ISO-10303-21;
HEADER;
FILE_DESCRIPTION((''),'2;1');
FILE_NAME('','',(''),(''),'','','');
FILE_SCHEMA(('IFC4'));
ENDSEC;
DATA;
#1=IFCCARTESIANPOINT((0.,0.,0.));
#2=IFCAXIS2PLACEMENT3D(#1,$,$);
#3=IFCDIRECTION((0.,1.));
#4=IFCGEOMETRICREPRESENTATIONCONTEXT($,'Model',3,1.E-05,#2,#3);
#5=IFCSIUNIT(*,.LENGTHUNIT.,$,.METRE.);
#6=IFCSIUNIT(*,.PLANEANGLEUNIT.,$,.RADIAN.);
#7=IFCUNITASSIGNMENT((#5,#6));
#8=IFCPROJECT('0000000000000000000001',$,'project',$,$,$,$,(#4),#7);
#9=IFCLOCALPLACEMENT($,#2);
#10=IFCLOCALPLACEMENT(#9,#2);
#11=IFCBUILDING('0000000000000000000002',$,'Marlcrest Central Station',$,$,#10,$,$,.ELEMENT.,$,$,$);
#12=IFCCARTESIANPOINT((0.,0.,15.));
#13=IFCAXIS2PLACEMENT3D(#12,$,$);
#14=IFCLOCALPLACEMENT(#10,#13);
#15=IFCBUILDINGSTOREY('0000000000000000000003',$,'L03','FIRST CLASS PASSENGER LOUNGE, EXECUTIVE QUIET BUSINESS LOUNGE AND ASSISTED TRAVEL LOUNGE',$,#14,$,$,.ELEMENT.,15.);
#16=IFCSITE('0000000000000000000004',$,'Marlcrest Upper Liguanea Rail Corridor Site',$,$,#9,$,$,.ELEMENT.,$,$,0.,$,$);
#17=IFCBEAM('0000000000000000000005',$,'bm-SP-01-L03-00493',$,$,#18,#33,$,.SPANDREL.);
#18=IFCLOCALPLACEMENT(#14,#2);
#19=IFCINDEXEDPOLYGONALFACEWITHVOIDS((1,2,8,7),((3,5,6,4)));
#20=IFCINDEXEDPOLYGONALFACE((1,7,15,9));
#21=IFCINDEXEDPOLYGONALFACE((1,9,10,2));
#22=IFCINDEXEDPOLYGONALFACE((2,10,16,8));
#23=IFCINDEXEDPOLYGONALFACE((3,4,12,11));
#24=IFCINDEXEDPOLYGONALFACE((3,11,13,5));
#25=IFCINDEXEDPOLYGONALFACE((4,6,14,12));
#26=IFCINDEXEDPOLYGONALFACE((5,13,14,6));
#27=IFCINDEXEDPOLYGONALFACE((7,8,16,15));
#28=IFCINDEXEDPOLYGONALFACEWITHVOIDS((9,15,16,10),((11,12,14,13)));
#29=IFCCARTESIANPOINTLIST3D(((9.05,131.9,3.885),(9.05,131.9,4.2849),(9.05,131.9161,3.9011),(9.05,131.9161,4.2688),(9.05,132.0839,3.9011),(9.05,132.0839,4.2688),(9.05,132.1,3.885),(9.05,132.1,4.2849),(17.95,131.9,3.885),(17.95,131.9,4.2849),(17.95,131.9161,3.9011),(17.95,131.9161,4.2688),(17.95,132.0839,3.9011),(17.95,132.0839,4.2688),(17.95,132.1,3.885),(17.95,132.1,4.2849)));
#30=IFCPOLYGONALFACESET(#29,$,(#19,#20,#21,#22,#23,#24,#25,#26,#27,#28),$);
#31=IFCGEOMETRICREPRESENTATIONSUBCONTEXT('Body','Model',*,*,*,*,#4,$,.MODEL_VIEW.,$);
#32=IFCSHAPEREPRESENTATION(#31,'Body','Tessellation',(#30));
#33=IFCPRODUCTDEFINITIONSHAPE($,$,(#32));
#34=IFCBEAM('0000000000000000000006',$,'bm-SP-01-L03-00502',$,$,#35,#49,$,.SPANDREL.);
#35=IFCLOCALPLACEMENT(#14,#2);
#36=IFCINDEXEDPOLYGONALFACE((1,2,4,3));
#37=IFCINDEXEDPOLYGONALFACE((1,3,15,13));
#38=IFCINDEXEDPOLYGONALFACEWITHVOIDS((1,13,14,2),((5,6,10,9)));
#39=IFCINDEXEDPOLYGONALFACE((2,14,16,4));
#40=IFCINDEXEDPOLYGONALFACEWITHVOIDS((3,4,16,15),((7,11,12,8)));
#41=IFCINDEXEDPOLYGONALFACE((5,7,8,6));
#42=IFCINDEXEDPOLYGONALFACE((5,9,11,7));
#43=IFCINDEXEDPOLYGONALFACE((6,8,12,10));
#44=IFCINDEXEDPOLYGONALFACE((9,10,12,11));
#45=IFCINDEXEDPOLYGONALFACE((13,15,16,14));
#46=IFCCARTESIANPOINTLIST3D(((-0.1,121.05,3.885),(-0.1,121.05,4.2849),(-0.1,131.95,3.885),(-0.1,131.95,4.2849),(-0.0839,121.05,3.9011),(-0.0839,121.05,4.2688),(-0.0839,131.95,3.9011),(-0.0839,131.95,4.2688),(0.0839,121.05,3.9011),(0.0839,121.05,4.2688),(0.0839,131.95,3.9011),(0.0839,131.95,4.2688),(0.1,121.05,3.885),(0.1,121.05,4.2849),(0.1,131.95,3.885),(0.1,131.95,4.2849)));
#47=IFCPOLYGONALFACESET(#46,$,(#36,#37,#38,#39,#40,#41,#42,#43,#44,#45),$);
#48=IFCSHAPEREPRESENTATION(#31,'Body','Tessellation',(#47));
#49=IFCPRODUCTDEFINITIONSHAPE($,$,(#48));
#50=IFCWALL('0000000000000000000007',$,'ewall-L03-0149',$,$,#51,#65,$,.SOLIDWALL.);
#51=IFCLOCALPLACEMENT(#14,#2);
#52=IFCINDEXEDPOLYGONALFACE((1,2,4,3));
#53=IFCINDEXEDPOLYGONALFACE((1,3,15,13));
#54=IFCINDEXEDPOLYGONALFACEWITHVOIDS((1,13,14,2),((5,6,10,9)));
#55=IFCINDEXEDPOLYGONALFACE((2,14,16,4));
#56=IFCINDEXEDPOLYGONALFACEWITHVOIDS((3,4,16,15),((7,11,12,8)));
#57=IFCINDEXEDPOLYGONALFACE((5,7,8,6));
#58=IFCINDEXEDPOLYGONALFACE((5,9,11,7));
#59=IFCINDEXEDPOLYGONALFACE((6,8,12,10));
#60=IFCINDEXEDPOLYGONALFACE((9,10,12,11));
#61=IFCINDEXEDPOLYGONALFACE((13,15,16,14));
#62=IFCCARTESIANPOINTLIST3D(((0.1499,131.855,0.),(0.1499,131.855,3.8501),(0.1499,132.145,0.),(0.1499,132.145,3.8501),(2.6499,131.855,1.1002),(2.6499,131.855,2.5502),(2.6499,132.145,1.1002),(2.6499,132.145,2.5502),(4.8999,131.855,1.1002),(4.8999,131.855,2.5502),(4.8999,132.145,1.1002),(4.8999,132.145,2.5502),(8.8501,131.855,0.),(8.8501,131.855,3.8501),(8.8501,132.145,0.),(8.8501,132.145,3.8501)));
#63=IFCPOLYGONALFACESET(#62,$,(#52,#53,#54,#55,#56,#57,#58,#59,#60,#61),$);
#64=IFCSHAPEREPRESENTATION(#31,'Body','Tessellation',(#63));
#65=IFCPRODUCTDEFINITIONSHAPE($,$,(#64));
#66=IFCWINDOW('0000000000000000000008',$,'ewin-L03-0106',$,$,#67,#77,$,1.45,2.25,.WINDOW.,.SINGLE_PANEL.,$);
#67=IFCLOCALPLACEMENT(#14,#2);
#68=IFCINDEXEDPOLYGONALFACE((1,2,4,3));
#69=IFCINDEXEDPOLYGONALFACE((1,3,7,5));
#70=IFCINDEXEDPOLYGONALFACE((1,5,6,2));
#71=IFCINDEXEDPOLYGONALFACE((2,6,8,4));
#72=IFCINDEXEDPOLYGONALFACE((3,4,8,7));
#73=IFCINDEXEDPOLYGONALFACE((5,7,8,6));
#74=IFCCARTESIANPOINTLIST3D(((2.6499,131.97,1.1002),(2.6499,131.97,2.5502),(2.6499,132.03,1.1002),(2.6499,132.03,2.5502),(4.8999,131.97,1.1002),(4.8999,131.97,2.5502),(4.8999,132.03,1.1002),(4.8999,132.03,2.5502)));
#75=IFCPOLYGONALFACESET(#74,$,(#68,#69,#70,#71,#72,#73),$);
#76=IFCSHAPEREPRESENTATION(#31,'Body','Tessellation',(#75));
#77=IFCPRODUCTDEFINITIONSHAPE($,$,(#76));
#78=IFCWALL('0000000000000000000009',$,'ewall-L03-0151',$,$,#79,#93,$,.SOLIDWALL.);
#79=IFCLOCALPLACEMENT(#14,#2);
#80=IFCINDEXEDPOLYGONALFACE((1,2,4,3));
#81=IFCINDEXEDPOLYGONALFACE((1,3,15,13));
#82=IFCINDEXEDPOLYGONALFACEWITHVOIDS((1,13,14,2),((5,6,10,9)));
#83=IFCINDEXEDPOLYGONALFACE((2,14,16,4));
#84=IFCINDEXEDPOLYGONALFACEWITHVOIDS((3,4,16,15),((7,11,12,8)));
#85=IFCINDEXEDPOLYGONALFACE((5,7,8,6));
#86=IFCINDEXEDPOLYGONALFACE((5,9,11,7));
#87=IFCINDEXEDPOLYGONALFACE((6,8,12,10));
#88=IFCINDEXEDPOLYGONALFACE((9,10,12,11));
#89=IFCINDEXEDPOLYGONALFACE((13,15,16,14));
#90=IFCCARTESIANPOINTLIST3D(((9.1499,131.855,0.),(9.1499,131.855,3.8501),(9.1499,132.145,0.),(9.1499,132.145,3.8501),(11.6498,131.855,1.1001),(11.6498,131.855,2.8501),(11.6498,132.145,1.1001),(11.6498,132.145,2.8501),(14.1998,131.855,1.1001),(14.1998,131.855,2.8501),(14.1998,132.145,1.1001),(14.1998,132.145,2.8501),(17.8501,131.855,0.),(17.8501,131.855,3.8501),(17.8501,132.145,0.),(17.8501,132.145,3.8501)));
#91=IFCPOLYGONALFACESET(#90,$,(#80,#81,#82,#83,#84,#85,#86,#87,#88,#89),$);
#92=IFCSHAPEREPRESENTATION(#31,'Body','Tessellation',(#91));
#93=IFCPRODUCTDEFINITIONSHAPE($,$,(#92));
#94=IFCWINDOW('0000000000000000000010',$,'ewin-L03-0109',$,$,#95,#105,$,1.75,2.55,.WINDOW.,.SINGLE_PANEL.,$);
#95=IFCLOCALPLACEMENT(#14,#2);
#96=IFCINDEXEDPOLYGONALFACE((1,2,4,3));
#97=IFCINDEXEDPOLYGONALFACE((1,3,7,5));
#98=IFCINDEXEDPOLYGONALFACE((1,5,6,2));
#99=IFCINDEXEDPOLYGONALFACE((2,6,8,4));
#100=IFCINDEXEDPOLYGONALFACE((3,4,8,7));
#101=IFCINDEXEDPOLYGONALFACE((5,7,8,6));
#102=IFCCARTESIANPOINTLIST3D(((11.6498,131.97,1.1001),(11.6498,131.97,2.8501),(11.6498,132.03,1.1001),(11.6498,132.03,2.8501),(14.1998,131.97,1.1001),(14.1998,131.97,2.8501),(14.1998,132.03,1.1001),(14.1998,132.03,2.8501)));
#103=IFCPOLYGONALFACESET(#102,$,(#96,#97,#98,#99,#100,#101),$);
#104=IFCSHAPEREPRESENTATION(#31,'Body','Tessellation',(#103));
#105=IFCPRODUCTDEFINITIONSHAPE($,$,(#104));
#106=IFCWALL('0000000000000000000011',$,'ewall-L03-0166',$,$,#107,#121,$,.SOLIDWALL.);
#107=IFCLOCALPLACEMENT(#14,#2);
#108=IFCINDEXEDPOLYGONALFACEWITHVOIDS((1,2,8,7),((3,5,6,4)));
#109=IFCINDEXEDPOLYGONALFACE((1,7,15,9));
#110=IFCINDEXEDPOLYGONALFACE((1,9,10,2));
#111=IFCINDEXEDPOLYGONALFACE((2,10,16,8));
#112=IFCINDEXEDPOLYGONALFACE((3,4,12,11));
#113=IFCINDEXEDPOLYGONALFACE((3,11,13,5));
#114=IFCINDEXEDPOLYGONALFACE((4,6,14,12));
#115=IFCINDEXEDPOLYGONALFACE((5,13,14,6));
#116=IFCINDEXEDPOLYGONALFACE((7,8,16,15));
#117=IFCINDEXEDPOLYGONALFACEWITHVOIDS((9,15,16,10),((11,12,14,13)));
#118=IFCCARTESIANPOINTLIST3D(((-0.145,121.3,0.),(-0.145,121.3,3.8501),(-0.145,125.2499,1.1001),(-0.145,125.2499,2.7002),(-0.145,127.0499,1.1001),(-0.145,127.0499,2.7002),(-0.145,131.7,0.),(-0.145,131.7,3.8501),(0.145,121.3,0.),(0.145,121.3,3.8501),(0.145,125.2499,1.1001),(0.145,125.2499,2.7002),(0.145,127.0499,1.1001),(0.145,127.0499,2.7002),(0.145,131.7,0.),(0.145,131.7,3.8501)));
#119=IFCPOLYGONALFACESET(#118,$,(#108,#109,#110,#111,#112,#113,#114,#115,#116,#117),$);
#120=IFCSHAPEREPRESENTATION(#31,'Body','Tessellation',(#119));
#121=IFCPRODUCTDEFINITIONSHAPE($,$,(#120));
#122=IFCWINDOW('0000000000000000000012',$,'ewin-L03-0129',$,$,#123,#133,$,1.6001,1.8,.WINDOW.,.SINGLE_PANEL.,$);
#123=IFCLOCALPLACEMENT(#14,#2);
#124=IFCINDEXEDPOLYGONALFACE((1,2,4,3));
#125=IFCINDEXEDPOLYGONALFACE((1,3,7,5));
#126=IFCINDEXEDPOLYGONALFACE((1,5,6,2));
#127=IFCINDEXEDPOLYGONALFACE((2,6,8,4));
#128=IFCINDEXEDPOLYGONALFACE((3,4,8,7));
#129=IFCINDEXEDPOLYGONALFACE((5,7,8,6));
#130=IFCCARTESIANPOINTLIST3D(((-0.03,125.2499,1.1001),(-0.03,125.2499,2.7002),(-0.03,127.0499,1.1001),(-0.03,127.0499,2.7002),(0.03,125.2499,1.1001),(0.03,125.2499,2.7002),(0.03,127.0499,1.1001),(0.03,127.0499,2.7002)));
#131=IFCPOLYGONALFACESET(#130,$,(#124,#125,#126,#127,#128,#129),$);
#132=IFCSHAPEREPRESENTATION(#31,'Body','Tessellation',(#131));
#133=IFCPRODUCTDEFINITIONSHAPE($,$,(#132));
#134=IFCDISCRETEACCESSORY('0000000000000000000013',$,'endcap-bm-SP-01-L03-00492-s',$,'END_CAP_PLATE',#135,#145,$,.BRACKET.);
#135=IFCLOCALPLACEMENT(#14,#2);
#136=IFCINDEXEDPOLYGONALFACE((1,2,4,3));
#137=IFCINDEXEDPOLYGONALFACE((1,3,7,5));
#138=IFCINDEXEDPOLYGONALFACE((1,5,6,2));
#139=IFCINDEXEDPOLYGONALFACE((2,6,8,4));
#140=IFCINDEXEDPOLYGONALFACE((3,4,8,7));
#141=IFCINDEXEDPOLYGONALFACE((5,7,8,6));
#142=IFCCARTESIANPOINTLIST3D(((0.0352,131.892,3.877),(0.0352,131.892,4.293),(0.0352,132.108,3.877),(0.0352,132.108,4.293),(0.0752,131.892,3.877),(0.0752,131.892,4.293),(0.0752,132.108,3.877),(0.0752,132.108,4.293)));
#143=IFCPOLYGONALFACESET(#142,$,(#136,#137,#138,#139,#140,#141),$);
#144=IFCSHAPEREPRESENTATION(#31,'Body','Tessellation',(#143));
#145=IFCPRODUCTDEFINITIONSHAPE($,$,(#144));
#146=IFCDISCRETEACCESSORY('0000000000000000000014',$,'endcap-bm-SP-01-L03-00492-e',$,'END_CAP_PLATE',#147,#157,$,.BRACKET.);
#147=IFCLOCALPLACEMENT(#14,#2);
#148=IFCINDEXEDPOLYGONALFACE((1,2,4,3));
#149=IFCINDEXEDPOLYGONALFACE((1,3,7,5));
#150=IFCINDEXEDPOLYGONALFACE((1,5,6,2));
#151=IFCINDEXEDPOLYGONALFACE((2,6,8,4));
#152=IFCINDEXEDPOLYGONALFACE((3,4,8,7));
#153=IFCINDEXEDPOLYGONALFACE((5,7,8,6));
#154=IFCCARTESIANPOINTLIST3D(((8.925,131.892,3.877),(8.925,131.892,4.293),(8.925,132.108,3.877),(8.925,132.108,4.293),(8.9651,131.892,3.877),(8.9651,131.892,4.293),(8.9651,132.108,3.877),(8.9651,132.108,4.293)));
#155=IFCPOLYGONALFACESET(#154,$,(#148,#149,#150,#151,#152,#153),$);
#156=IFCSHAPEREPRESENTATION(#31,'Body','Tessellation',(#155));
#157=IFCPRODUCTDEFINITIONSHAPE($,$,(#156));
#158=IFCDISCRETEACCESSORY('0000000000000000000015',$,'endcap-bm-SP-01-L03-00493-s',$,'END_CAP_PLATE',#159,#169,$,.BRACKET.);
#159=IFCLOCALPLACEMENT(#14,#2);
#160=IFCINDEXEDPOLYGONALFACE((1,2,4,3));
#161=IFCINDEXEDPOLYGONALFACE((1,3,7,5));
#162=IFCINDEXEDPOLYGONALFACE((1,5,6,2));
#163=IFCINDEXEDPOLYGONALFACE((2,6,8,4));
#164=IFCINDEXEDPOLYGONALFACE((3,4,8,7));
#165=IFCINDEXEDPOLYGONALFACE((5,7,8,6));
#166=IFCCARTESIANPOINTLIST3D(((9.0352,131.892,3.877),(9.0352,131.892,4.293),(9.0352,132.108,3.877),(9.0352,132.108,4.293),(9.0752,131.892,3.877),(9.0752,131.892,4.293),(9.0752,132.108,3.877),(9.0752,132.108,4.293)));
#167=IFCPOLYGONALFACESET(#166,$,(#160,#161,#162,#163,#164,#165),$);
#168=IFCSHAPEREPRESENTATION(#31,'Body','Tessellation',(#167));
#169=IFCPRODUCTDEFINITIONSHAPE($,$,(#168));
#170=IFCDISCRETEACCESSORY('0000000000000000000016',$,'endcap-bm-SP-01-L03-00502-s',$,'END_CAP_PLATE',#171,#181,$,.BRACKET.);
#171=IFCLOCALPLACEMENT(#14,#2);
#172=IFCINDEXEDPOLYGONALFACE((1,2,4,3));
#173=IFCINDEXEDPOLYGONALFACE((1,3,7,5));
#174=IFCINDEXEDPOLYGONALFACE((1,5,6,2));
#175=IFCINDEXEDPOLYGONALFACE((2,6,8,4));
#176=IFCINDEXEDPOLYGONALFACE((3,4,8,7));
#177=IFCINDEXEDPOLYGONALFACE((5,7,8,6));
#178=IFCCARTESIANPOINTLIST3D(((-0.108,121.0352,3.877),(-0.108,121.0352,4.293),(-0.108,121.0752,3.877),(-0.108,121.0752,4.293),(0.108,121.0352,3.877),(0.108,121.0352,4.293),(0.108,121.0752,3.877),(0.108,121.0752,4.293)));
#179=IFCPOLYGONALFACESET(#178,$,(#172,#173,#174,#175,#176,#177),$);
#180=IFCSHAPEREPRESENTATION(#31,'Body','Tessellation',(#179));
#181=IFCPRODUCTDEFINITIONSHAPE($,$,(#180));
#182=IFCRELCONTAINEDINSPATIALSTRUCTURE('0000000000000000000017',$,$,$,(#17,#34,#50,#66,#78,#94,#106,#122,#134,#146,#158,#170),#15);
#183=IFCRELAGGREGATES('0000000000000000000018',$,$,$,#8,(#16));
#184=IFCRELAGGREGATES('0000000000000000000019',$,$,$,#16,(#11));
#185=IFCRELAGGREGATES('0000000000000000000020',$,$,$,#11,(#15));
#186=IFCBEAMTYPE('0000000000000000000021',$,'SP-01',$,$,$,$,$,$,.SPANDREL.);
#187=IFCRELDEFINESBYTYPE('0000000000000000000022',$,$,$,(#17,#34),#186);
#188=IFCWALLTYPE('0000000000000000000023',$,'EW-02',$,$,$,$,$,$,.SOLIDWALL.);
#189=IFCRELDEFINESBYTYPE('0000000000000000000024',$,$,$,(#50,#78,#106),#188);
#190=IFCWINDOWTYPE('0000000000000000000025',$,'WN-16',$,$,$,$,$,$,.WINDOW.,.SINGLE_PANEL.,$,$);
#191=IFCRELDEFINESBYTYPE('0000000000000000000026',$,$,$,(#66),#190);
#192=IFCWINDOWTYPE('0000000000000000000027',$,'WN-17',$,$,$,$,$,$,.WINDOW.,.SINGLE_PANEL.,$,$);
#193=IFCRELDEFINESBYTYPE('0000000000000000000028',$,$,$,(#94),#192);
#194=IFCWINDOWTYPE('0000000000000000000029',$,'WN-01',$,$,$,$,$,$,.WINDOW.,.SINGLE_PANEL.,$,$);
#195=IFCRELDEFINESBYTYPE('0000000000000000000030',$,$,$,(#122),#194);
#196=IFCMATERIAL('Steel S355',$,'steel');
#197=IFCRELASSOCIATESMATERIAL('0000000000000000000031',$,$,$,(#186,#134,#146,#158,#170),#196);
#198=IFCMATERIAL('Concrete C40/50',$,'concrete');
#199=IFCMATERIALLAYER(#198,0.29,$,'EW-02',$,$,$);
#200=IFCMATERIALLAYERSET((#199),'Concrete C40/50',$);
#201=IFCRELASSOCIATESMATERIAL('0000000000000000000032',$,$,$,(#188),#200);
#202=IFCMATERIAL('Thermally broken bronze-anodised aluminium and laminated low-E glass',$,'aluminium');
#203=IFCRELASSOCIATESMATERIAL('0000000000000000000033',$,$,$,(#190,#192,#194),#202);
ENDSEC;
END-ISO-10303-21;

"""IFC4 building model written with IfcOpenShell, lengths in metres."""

from ifc_helpers import new_model, si_unit, direction, frame, frame_2d, origin, origin_2d, place, context, subcontext, project, spatial, rectangle, hollow_rectangle, extrude, material, layer, layer_set, material_profile, profile_set, type_object, element, fill, save


model = new_model("IFC4")

# Units and contexts
model_context = context("Model", 3, precision=1e-05, world=origin(), true_north=direction((0.0, 1.0)))
body_context = subcontext(model_context, "Body", "Model", "MODEL_VIEW")
ifc_project = project(units=[si_unit("LENGTHUNIT", "METRE"), si_unit("PLANEANGLEUNIT", "RADIAN")], contexts=[model_context])

# Site, building, storey
site_placement = place(None, origin())
site = spatial("IfcSite", under=ifc_project, at=site_placement, Name="Marlcrest Upper Liguanea Rail Corridor Site", CompositionType="ELEMENT", RefElevation=0.0)
building_placement = place(site_placement, origin())
building = spatial("IfcBuilding", under=site, at=building_placement, Name="Marlcrest Central Station", CompositionType="ELEMENT")
storey_placement = place(building_placement, frame((0.0, 0.0, 15.0)))
storey = spatial("IfcBuildingStorey", under=building, at=storey_placement, Name="L03", Description="FIRST CLASS PASSENGER LOUNGE, EXECUTIVE QUIET BUSINESS LOUNGE AND ASSISTED TRAVEL LOUNGE", CompositionType="ELEMENT", Elevation=15.0)

# Shared definitions
ifc_material_1 = material(Name="Steel S355", Category="steel")

# Beams
ifc_material_profile_1 = material_profile(ifc_material_1, hollow_rectangle(XDim=0.2, YDim=0.3999, WallThickness=0.0161, at=origin_2d()), Name="RHS 400x200x16")
ifc_profile_set_1 = profile_set([ifc_material_profile_1], Name="Steel S355")
beam_type_1 = type_object("IfcBeamType", Name="SP-01", PredefinedType="SPANDREL", material=ifc_profile_set_1)
for number, where, z_axis, x_axis, name in (
    (1, (9.05, 132.0, 4.085), (1.0, 0.0, 0.0), (0.0, 1.0, 0.0), "bm-SP-01-L03-00493"),
):
    element("IfcBeam", number, at=place(storey_placement, frame(where, z_axis=z_axis, x_axis=x_axis)), inside=storey, type_object=beam_type_1, Name=name, PredefinedType="SPANDREL", context=body_context, shape_type="SweptSolid", body=[
        extrude(hollow_rectangle(XDim=0.2, YDim=0.3999, WallThickness=0.0161, at=origin_2d()), origin(), (0.0, 0.0, 1.0), 8.8999),
    ])
beam_1_placement = place(storey_placement, frame((0.0, 121.05, 4.085), z_axis=(0.0, 1.0, 0.0), x_axis=(-1.0, 0.0, 0.0)))
element("IfcBeam", 2, at=beam_1_placement, inside=storey, type_object=beam_type_1, Name="bm-SP-01-L03-00502", PredefinedType="SPANDREL", context=body_context, shape_type="SweptSolid", body=[
    extrude(hollow_rectangle(XDim=0.2, YDim=0.3999, WallThickness=0.0161, at=origin_2d()), origin(), (0.0, 0.0, 1.0), 10.8999),
])

# Walls, openings, windows
ifc_material_2 = material(Name="Concrete C40/50", Category="concrete")
ifc_layer = layer(ifc_material_2, 0.29, Name="EW-02")
ifc_layer_set = layer_set([ifc_layer], Name="Concrete C40/50")
wall_type = type_object("IfcWallType", Name="EW-02", PredefinedType="SOLIDWALL", material=ifc_layer_set)
wall_1_placement = place(storey_placement, frame((0.1499, 132.0, 0.0), z_axis=(0.0, 0.0, 1.0), x_axis=(1.0, 0.0, 0.0)))
wall_1 = element("IfcWall", 3, at=wall_1_placement, inside=storey, type_object=wall_type, Name="ewall-L03-0149", PredefinedType="SOLIDWALL", context=body_context, shape_type="SweptSolid", body=[
    extrude(rectangle(XDim=8.7002, YDim=0.29, at=frame_2d((4.3501, 0.0))), origin(), (0.0, 0.0, 1.0), 3.8501),
])
opening_1_placement = place(wall_1_placement, frame((2.5, 0.0, 1.1001)))
opening_1 = element("IfcOpeningElement", 4, at=opening_1_placement, cuts=wall_1, PredefinedType="OPENING", context=body_context, shape_type="SweptSolid", body=[
    extrude(rectangle(XDim=2.25, YDim=1.45, at=frame_2d((1.125, 0.7251))), frame((0.0, 0.155, 0.0), z_axis=(0.0, -1.0, 0.0), x_axis=(1.0, 0.0, 0.0)), (0.0, 0.0, 1.0), 0.3101),
])
ifc_material_3 = material(Name="Thermally broken bronze-anodised aluminium and laminated low-E glass", Category="aluminium")
window_type_1 = type_object("IfcWindowType", Name="WN-16", PartitioningType="SINGLE_PANEL", PredefinedType="WINDOW", material=ifc_material_3)
window_1_placement = place(opening_1_placement, origin())
window_1 = element("IfcWindow", 5, at=window_1_placement, inside=storey, type_object=window_type_1, Name="ewin-L03-0106", OverallHeight=1.45, OverallWidth=2.25, PartitioningType="SINGLE_PANEL", PredefinedType="WINDOW", context=body_context, shape_type="SweptSolid", body=[
    extrude(rectangle(XDim=2.25, YDim=1.45, at=frame_2d((1.125, 0.7251))), frame((0.0, 0.03, 0.0), z_axis=(0.0, -1.0, 0.0), x_axis=(1.0, 0.0, 0.0)), (0.0, 0.0, 1.0), 0.0601),
])
fill(opening_1, window_1)
wall_2_placement = place(storey_placement, frame((9.1499, 132.0, 0.0), z_axis=(0.0, 0.0, 1.0), x_axis=(1.0, 0.0, 0.0)))
wall_2 = element("IfcWall", 6, at=wall_2_placement, inside=storey, type_object=wall_type, Name="ewall-L03-0151", PredefinedType="SOLIDWALL", context=body_context, shape_type="SweptSolid", body=[
    extrude(rectangle(XDim=8.7002, YDim=0.29, at=frame_2d((4.3501, 0.0))), origin(), (0.0, 0.0, 1.0), 3.8501),
])
opening_2_placement = place(wall_2_placement, frame((2.5, 0.0, 1.1001)))
opening_2 = element("IfcOpeningElement", 7, at=opening_2_placement, cuts=wall_2, PredefinedType="OPENING", context=body_context, shape_type="SweptSolid", body=[
    extrude(rectangle(XDim=2.55, YDim=1.75, at=frame_2d((1.2749, 0.875))), frame((0.0, 0.155, 0.0), z_axis=(0.0, -1.0, 0.0), x_axis=(1.0, 0.0, 0.0)), (0.0, 0.0, 1.0), 0.3101),
])
window_type_2 = type_object("IfcWindowType", Name="WN-17", PartitioningType="SINGLE_PANEL", PredefinedType="WINDOW", material=ifc_material_3)
window_2_placement = place(opening_2_placement, origin())
window_2 = element("IfcWindow", 8, at=window_2_placement, inside=storey, type_object=window_type_2, Name="ewin-L03-0109", OverallHeight=1.75, OverallWidth=2.55, PartitioningType="SINGLE_PANEL", PredefinedType="WINDOW", context=body_context, shape_type="SweptSolid", body=[
    extrude(rectangle(XDim=2.55, YDim=1.75, at=frame_2d((1.2749, 0.875))), frame((0.0, 0.03, 0.0), z_axis=(0.0, -1.0, 0.0), x_axis=(1.0, 0.0, 0.0)), (0.0, 0.0, 1.0), 0.0601),
])
fill(opening_2, window_2)
wall_3_placement = place(storey_placement, frame((0.0, 121.3, 0.0), z_axis=(0.0, 0.0, 1.0), x_axis=(0.0, 1.0, 0.0)))
wall_3 = element("IfcWall", 9, at=wall_3_placement, inside=storey, type_object=wall_type, Name="ewall-L03-0166", PredefinedType="SOLIDWALL", context=body_context, shape_type="SweptSolid", body=[
    extrude(rectangle(XDim=10.3999, YDim=0.29, at=frame_2d((5.2, 0.0))), origin(), (0.0, 0.0, 1.0), 3.8501),
])
opening_3_placement = place(wall_3_placement, frame((3.95, 0.0, 1.1001)))
opening_3 = element("IfcOpeningElement", 10, at=opening_3_placement, cuts=wall_3, PredefinedType="OPENING", context=body_context, shape_type="SweptSolid", body=[
    extrude(rectangle(XDim=1.8, YDim=1.6001, at=frame_2d((0.8999, 0.8))), frame((0.0, 0.155, 0.0), z_axis=(0.0, -1.0, 0.0), x_axis=(1.0, 0.0, 0.0)), (0.0, 0.0, 1.0), 0.3101),
])
window_type_3 = type_object("IfcWindowType", Name="WN-01", PartitioningType="SINGLE_PANEL", PredefinedType="WINDOW", material=ifc_material_3)
window_3_placement = place(opening_3_placement, origin())
window_3 = element("IfcWindow", 11, at=window_3_placement, inside=storey, type_object=window_type_3, Name="ewin-L03-0129", OverallHeight=1.6001, OverallWidth=1.8, PartitioningType="SINGLE_PANEL", PredefinedType="WINDOW", context=body_context, shape_type="SweptSolid", body=[
    extrude(rectangle(XDim=1.8, YDim=1.6001, at=frame_2d((0.8999, 0.8))), frame((0.0, 0.03, 0.0), z_axis=(0.0, -1.0, 0.0), x_axis=(1.0, 0.0, 0.0)), (0.0, 0.0, 1.0), 0.0601),
])
fill(opening_3, window_3)

# Discrete accessories
for number, where, z_axis, x_axis, name in (
    (12, (0.0352, 132.0, 4.085), (1.0, 0.0, 0.0), (0.0, 1.0, 0.0), "endcap-bm-SP-01-L03-00492-s"),
    (13, (8.925, 132.0, 4.085), (1.0, 0.0, 0.0), (0.0, 1.0, 0.0), "endcap-bm-SP-01-L03-00492-e"),
    (14, (9.0352, 132.0, 4.085), (1.0, 0.0, 0.0), (0.0, 1.0, 0.0), "endcap-bm-SP-01-L03-00493-s"),
    (15, (0.0, 121.0352, 4.085), (0.0, 1.0, 0.0), (-1.0, 0.0, 0.0), "endcap-bm-SP-01-L03-00502-s"),
):
    element("IfcDiscreteAccessory", number, at=place(storey_placement, frame(where, z_axis=z_axis, x_axis=x_axis)), inside=storey, material=ifc_material_1, Name=name, ObjectType="END_CAP_PLATE", PredefinedType="BRACKET", context=body_context, shape_type="SweptSolid", body=[
        extrude(rectangle(XDim=0.2161, YDim=0.416, at=origin_2d()), origin(), (0.0, 0.0, 1.0), 0.04),
    ])

save(model, "model.ifc")
